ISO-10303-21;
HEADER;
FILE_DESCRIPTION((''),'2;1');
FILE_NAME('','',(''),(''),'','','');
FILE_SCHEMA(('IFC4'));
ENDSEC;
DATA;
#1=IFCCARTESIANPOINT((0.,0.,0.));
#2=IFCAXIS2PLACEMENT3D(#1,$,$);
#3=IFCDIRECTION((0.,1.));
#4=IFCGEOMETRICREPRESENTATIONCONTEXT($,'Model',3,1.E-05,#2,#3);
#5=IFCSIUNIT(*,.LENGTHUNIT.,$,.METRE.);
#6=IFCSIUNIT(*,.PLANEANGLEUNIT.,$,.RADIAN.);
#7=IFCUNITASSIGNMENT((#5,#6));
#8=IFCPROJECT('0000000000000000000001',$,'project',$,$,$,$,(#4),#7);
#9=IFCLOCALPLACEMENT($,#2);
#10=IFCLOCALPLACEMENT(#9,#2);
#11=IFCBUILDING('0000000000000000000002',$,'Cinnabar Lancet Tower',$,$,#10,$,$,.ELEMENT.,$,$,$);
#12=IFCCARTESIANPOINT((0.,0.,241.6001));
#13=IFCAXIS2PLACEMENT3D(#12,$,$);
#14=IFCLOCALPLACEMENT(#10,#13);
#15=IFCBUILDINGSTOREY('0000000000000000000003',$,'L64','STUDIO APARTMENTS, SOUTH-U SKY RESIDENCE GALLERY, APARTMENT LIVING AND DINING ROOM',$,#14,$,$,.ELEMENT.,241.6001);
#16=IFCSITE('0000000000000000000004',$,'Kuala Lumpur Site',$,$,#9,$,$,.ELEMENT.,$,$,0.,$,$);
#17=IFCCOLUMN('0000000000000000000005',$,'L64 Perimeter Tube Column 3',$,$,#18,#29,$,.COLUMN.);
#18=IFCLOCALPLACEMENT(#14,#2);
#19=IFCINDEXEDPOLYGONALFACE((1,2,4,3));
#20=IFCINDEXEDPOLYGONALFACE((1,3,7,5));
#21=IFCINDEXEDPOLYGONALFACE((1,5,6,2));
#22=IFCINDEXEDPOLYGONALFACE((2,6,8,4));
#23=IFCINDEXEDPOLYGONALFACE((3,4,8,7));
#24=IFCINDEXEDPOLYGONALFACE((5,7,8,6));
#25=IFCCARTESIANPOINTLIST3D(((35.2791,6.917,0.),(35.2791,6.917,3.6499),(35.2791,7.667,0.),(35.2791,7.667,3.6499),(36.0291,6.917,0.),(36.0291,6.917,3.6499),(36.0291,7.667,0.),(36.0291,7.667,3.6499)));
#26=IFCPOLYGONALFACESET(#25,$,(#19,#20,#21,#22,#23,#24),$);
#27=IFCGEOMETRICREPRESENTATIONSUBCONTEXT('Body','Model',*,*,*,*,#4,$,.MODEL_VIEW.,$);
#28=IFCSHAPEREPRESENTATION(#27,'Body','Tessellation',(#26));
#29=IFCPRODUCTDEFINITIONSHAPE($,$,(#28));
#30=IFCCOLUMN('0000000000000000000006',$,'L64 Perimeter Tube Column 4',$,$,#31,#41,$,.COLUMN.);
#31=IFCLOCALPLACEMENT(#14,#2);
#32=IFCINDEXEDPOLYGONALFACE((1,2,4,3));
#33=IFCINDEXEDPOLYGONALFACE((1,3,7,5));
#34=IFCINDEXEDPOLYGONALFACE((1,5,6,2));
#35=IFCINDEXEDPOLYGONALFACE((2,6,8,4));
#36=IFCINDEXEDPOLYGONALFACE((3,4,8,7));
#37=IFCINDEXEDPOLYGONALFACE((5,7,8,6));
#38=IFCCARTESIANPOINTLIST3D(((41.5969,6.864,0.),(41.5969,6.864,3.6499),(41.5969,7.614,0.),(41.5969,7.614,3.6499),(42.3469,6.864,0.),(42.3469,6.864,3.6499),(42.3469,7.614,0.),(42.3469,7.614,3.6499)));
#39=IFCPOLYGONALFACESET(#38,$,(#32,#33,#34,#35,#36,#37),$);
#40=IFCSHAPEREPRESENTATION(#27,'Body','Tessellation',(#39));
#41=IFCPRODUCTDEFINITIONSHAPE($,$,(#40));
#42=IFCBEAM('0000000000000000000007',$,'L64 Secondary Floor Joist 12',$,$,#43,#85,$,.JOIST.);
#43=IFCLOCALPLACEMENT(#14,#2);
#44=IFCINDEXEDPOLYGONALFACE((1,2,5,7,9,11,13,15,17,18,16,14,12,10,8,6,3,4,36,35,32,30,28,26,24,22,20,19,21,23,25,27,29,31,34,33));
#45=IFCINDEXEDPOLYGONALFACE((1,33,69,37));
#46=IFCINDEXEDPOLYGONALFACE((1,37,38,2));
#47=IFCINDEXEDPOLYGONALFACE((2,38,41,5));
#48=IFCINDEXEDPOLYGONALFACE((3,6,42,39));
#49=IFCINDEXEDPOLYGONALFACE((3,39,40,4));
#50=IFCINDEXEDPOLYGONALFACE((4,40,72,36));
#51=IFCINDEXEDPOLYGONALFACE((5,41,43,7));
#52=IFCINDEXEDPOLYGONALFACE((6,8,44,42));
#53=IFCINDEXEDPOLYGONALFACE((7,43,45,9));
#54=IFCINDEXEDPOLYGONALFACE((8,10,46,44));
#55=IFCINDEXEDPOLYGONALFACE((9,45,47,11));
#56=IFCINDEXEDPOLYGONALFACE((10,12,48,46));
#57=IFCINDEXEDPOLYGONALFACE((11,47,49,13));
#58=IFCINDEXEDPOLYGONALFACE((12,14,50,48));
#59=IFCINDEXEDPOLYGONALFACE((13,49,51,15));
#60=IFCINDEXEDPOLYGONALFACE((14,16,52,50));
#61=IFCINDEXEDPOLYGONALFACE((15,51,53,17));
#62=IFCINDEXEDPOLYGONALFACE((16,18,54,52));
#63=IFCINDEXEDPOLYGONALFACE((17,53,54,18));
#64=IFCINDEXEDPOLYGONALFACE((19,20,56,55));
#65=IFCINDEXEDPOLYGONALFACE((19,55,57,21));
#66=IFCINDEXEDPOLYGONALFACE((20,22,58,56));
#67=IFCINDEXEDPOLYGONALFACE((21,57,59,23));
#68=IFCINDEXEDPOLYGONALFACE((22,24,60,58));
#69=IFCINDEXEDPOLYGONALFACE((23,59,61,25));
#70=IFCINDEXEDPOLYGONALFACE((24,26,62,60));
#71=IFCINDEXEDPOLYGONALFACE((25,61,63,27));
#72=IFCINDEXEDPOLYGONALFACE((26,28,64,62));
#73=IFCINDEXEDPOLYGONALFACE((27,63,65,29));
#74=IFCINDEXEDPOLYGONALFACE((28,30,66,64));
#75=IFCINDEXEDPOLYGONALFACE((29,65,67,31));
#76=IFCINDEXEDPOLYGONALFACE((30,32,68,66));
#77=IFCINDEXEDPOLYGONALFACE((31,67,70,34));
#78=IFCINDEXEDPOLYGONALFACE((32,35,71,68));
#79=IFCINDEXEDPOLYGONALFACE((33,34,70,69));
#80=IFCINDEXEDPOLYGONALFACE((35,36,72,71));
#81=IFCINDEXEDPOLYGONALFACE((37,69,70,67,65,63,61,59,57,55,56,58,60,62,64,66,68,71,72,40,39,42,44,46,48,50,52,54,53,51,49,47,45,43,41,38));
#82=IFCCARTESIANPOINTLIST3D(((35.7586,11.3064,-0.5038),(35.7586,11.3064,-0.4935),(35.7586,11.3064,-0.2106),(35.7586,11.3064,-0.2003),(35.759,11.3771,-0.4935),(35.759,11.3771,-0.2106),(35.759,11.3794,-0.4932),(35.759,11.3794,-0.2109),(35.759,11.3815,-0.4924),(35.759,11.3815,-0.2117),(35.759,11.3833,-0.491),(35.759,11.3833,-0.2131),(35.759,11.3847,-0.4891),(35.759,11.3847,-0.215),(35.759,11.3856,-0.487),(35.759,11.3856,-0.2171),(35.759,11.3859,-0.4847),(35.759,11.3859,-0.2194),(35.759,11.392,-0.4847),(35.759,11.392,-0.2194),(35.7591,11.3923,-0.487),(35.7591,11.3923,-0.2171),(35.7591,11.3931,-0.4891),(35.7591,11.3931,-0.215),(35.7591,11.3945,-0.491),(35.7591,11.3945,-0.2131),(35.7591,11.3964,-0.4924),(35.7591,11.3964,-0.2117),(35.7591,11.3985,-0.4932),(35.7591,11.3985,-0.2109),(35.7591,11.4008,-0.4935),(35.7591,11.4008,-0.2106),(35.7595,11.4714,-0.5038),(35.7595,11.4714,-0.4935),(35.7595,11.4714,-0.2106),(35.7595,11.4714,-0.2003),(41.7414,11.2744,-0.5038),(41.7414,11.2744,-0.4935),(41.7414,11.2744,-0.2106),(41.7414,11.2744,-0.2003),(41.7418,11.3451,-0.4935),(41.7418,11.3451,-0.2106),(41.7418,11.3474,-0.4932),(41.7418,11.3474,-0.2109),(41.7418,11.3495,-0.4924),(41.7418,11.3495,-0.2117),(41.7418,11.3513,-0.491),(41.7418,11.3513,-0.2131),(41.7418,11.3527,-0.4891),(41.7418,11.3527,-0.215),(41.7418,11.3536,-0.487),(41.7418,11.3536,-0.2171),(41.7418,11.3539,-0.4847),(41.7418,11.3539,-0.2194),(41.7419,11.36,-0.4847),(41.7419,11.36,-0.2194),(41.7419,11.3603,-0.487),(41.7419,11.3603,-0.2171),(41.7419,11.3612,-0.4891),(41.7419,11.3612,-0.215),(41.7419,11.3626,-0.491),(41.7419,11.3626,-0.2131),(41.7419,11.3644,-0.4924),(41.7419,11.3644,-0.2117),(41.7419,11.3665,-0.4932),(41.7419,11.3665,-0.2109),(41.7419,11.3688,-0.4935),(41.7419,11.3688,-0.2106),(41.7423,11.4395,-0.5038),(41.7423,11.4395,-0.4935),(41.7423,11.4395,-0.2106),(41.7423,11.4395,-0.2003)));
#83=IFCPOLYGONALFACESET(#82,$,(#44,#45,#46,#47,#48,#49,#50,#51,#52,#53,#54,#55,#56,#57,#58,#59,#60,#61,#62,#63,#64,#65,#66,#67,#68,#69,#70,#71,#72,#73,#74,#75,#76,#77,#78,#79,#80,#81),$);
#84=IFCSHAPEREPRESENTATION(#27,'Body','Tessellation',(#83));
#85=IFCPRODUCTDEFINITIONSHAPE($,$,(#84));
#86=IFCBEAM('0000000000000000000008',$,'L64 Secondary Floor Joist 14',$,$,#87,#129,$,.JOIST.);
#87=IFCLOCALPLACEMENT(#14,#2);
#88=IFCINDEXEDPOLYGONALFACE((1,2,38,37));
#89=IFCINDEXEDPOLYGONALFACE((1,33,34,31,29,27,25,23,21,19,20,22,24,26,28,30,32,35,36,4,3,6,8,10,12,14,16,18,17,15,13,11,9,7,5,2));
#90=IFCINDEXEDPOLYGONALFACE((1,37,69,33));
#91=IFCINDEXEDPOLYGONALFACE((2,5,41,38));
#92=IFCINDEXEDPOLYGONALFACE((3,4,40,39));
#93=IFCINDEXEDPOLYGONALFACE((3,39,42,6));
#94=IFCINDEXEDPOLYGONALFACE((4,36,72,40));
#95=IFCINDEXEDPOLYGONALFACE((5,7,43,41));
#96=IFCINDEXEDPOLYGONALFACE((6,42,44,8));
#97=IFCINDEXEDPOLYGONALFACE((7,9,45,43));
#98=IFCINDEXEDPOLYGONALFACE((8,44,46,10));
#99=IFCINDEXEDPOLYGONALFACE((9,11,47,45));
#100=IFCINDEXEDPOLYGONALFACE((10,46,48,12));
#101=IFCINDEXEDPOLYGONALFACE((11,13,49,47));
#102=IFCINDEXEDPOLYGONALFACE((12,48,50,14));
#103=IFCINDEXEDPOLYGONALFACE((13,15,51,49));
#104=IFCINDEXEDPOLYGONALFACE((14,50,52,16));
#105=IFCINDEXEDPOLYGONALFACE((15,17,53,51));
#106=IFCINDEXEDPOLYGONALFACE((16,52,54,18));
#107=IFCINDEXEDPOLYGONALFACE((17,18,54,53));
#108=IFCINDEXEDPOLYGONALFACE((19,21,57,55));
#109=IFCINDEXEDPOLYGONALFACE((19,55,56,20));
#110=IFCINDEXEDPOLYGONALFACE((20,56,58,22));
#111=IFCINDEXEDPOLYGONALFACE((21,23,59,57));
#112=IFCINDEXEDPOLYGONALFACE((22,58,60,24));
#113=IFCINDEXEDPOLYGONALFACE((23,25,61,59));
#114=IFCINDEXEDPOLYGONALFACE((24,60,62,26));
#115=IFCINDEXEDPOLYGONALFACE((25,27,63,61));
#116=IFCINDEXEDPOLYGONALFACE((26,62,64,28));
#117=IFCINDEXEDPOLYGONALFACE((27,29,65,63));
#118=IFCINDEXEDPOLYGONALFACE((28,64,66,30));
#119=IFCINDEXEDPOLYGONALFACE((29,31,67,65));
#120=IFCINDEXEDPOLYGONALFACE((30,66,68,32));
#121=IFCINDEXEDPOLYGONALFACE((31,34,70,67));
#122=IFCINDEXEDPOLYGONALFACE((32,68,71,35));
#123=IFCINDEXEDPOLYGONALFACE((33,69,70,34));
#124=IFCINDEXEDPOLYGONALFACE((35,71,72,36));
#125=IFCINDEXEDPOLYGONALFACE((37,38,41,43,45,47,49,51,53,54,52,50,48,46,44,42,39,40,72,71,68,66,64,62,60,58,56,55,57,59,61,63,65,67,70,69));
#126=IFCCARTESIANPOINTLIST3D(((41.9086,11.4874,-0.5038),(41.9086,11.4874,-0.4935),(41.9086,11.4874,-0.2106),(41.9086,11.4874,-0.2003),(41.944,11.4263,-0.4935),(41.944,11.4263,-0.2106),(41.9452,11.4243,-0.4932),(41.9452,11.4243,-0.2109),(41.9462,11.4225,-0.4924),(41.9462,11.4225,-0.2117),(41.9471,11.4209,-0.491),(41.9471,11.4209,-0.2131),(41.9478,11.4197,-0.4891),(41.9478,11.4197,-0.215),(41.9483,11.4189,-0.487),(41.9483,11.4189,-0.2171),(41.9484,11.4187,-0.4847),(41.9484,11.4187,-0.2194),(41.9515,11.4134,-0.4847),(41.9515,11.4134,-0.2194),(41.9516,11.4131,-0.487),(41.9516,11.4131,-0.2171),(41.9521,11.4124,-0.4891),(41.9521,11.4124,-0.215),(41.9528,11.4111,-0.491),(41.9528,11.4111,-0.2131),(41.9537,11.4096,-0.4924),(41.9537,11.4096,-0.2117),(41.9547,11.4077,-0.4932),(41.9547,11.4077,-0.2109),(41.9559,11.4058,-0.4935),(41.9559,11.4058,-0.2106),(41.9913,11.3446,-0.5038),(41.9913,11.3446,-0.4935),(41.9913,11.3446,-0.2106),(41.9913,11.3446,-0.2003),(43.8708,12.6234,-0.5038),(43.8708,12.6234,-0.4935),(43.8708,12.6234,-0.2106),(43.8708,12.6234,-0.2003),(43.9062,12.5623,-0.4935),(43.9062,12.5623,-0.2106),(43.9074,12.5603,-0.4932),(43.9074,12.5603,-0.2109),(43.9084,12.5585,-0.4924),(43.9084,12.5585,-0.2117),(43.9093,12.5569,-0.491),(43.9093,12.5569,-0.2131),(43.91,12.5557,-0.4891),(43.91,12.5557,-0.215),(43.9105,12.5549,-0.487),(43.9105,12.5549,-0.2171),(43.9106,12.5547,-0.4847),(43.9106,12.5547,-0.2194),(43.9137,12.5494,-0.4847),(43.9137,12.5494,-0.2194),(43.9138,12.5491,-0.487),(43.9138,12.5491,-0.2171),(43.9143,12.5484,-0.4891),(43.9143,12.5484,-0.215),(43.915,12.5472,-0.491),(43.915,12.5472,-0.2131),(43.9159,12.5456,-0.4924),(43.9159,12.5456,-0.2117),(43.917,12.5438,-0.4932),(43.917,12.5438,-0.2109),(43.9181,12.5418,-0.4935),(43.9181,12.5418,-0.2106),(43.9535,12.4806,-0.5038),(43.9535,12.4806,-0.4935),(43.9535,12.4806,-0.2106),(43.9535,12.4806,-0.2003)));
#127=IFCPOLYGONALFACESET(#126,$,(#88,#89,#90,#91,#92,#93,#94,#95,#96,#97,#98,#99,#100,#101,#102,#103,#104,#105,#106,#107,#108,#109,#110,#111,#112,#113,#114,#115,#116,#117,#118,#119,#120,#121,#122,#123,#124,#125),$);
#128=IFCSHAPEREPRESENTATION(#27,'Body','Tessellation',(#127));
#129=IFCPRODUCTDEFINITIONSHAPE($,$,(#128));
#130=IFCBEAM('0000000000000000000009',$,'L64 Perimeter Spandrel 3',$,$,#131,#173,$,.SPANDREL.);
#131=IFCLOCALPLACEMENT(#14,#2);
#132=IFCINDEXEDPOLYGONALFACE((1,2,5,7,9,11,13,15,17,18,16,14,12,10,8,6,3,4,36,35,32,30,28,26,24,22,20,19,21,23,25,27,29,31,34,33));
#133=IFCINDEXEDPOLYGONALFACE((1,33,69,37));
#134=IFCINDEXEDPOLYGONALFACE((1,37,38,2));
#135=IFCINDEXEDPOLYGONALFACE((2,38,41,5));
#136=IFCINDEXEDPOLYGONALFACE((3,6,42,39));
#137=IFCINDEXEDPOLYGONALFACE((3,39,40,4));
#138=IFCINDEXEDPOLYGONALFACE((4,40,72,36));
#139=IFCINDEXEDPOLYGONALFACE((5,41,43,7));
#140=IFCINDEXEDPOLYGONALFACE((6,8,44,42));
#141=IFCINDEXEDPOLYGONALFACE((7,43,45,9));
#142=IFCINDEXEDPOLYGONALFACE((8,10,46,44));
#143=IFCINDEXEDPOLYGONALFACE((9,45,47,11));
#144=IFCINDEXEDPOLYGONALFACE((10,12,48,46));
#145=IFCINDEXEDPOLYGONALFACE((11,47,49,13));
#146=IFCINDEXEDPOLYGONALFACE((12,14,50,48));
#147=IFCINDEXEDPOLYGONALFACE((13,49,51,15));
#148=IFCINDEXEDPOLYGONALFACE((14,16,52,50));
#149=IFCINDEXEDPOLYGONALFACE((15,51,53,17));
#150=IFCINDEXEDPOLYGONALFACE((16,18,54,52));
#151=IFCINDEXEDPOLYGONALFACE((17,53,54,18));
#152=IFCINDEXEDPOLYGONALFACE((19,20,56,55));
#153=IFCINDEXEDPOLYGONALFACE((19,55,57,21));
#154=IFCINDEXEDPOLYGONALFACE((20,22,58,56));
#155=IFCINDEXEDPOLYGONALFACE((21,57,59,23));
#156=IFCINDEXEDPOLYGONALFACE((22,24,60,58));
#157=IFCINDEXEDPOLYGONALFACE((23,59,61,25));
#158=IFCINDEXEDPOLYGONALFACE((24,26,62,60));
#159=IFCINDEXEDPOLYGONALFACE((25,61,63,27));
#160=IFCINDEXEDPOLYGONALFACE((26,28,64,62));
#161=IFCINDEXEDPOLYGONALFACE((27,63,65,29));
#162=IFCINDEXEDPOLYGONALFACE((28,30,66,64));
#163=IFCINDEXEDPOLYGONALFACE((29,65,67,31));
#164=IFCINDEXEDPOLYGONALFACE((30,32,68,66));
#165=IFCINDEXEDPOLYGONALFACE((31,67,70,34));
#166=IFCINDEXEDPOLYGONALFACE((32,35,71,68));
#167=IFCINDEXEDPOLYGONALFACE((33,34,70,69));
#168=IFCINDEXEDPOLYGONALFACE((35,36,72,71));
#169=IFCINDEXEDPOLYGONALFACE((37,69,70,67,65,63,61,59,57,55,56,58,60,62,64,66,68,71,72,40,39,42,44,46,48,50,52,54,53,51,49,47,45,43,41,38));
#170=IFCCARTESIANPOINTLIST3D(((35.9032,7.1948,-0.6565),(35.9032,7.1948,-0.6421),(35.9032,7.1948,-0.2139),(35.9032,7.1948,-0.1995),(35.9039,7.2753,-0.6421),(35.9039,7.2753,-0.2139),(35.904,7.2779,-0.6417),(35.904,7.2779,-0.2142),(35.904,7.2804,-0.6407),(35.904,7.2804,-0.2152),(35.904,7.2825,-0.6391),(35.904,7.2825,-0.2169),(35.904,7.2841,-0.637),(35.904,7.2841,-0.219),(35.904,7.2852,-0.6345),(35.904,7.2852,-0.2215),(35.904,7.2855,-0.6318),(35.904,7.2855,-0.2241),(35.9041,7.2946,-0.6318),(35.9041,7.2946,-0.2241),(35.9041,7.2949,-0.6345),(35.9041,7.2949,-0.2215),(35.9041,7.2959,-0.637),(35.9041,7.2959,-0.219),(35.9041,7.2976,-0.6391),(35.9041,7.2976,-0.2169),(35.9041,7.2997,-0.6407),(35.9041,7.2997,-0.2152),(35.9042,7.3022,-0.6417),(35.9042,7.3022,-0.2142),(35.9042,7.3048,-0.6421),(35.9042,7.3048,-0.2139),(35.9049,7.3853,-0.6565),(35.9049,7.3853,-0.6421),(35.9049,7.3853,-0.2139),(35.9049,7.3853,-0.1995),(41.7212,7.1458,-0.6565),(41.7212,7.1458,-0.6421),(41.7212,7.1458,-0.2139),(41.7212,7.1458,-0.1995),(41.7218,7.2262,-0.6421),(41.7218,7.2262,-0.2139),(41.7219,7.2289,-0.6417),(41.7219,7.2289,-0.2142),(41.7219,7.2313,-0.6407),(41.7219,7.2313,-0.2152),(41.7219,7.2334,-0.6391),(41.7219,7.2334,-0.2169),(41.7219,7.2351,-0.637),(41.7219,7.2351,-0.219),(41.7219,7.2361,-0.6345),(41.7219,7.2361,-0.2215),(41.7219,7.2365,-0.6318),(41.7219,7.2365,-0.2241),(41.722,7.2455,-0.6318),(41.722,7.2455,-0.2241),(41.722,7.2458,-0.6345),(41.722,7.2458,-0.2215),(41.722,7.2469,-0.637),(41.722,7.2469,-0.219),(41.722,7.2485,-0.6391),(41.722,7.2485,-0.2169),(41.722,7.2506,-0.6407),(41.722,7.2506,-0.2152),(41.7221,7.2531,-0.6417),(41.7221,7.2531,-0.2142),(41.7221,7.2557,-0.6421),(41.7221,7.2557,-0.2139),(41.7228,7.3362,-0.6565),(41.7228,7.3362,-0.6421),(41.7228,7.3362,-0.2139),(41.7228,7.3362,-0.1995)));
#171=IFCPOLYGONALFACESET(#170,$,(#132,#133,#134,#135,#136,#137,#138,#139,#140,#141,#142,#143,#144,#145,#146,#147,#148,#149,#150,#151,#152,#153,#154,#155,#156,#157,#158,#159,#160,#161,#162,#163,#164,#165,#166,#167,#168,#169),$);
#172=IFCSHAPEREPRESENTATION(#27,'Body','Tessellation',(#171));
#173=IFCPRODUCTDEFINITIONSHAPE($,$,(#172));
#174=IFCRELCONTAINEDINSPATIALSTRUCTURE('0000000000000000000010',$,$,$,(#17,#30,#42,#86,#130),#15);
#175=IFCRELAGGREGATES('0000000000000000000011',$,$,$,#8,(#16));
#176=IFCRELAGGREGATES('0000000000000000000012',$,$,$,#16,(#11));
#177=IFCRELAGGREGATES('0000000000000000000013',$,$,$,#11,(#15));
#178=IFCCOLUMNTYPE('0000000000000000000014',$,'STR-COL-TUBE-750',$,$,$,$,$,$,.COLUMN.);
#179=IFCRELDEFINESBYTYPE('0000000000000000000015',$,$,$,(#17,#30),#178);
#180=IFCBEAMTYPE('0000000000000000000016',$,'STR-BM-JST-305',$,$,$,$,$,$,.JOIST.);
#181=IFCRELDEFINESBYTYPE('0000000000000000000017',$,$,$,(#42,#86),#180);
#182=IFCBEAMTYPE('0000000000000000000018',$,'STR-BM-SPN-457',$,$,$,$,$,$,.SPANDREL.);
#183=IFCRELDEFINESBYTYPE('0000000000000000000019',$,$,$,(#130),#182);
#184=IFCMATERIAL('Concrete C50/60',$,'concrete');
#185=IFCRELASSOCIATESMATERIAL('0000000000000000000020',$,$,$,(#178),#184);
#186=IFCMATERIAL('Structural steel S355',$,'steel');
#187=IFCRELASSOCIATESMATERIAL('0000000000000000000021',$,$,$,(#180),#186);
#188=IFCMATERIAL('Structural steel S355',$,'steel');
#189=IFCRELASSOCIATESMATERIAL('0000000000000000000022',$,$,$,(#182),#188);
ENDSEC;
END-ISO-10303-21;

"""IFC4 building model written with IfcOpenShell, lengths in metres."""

from ifc_helpers import new_model, si_unit, direction, frame, origin, origin_2d, place, context, subcontext, project, spatial, rectangle, i_section, extrude, material, material_profile, profile_set, type_object, element, save


model = new_model("IFC4")

# Units and contexts
model_context = context("Model", 3, precision=1e-05, world=origin(), true_north=direction((0.0, 1.0)))
body_context = subcontext(model_context, "Body", "Model", "MODEL_VIEW")
ifc_project = project(units=[si_unit("LENGTHUNIT", "METRE"), si_unit("PLANEANGLEUNIT", "RADIAN")], contexts=[model_context])

# Site, building, storey
site_placement = place(None, origin())
site = spatial("IfcSite", under=ifc_project, at=site_placement, Name="Kuala Lumpur Site", CompositionType="ELEMENT", RefElevation=0.0)
building_placement = place(site_placement, origin())
building = spatial("IfcBuilding", under=site, at=building_placement, Name="Cinnabar Lancet Tower", CompositionType="ELEMENT")
storey_placement = place(building_placement, frame((0.0, 0.0, 241.6001)))
storey = spatial("IfcBuildingStorey", under=building, at=storey_placement, Name="L64", Description="STUDIO APARTMENTS, SOUTH-U SKY RESIDENCE GALLERY, APARTMENT LIVING AND DINING ROOM", CompositionType="ELEMENT", Elevation=241.6001)

# Columns
ifc_material_1 = material(Name="Concrete C50/60", Category="concrete")
ifc_material_profile_1 = material_profile(ifc_material_1, rectangle(XDim=0.75, YDim=0.75, at=origin_2d()), Name="RC-COL 750x750")
ifc_profile_set_1 = profile_set([ifc_material_profile_1], Name="Concrete C50/60")
column_type = type_object("IfcColumnType", Name="STR-COL-TUBE-750", PredefinedType="COLUMN", material=ifc_profile_set_1)
for number, where, z_axis, x_axis, name in (
    (1, (35.6541, 7.292, 0.0), (0.0, 0.0, 1.0), (1.0, 0.0, 0.0), "L64 Perimeter Tube Column 3"),
    (2, (41.9719, 7.239, 0.0), (0.0, 0.0, 1.0), (1.0, 0.0, 0.0), "L64 Perimeter Tube Column 4"),
):
    element("IfcColumn", number, at=place(storey_placement, frame(where, z_axis=z_axis, x_axis=x_axis)), inside=storey, type_object=column_type, Name=name, PredefinedType="COLUMN", context=body_context, shape_type="SweptSolid", body=[
        extrude(rectangle(XDim=0.75, YDim=0.75, at=origin_2d()), origin(), (0.0, 0.0, 1.0), 3.6499),
    ])

# Beams
ifc_material_2 = material(Name="Structural steel S355", Category="steel")
ifc_material_profile_2 = material_profile(ifc_material_2, i_section(OverallWidth=0.165, OverallDepth=0.3035, WebThickness=0.0061, FlangeThickness=0.0103, FilletRadius=0.0088, at=origin_2d()), Name="UKB 305x165x40")
ifc_profile_set_2 = profile_set([ifc_material_profile_2], Name="Structural steel S355")
beam_type_1 = type_object("IfcBeamType", Name="STR-BM-JST-305", PredefinedType="JOIST", material=ifc_profile_set_2)
beam_1_placement = place(storey_placement, frame((35.759, 11.3889, -0.3521), z_axis=(0.999986, -0.005346, 0.0), x_axis=(0.005346, 0.999986, 0.0)))
element("IfcBeam", 3, at=beam_1_placement, inside=storey, type_object=beam_type_1, Name="L64 Secondary Floor Joist 12", PredefinedType="JOIST", context=body_context, shape_type="SweptSolid", body=[
    extrude(i_section(OverallWidth=0.165, OverallDepth=0.3035, WebThickness=0.0061, FlangeThickness=0.0103, FilletRadius=0.0088, at=origin_2d()), origin(), (0.0, 0.0, 1.0), 5.9829),
])
beam_2_placement = place(storey_placement, frame((41.95, 11.416, -0.3521), z_axis=(0.865426, 0.501036, 0.0), x_axis=(-0.501036, 0.865426, 0.0)))
element("IfcBeam", 4, at=beam_2_placement, inside=storey, type_object=beam_type_1, Name="L64 Secondary Floor Joist 14", PredefinedType="JOIST", context=body_context, shape_type="SweptSolid", body=[
    extrude(i_section(OverallWidth=0.165, OverallDepth=0.3035, WebThickness=0.0061, FlangeThickness=0.0103, FilletRadius=0.0088, at=origin_2d()), origin(), (0.0, 0.0, 1.0), 2.2673),
])
ifc_material_3 = material(Name="Structural steel S355", Category="steel")
ifc_material_profile_3 = material_profile(ifc_material_3, i_section(OverallWidth=0.1904, OverallDepth=0.457, WebThickness=0.009, FlangeThickness=0.0144, FilletRadius=0.0103, at=origin_2d()), Name="UKB 457x191x74")
ifc_profile_set_3 = profile_set([ifc_material_profile_3], Name="Structural steel S355")
beam_type_2 = type_object("IfcBeamType", Name="STR-BM-SPN-457", PredefinedType="SPANDREL", material=ifc_profile_set_3)
beam_3_placement = place(storey_placement, frame((35.9041, 7.29, -0.428), z_axis=(0.999964, -0.008434, 0.0), x_axis=(0.008434, 0.999964, 0.0)))
element("IfcBeam", 5, at=beam_3_placement, inside=storey, type_object=beam_type_2, Name="L64 Perimeter Spandrel 3", PredefinedType="SPANDREL", context=body_context, shape_type="SweptSolid", body=[
    extrude(i_section(OverallWidth=0.1904, OverallDepth=0.457, WebThickness=0.009, FlangeThickness=0.0144, FilletRadius=0.0103, at=origin_2d()), origin(), (0.0, 0.0, 1.0), 5.8181),
])

save(model, "model.ifc")
